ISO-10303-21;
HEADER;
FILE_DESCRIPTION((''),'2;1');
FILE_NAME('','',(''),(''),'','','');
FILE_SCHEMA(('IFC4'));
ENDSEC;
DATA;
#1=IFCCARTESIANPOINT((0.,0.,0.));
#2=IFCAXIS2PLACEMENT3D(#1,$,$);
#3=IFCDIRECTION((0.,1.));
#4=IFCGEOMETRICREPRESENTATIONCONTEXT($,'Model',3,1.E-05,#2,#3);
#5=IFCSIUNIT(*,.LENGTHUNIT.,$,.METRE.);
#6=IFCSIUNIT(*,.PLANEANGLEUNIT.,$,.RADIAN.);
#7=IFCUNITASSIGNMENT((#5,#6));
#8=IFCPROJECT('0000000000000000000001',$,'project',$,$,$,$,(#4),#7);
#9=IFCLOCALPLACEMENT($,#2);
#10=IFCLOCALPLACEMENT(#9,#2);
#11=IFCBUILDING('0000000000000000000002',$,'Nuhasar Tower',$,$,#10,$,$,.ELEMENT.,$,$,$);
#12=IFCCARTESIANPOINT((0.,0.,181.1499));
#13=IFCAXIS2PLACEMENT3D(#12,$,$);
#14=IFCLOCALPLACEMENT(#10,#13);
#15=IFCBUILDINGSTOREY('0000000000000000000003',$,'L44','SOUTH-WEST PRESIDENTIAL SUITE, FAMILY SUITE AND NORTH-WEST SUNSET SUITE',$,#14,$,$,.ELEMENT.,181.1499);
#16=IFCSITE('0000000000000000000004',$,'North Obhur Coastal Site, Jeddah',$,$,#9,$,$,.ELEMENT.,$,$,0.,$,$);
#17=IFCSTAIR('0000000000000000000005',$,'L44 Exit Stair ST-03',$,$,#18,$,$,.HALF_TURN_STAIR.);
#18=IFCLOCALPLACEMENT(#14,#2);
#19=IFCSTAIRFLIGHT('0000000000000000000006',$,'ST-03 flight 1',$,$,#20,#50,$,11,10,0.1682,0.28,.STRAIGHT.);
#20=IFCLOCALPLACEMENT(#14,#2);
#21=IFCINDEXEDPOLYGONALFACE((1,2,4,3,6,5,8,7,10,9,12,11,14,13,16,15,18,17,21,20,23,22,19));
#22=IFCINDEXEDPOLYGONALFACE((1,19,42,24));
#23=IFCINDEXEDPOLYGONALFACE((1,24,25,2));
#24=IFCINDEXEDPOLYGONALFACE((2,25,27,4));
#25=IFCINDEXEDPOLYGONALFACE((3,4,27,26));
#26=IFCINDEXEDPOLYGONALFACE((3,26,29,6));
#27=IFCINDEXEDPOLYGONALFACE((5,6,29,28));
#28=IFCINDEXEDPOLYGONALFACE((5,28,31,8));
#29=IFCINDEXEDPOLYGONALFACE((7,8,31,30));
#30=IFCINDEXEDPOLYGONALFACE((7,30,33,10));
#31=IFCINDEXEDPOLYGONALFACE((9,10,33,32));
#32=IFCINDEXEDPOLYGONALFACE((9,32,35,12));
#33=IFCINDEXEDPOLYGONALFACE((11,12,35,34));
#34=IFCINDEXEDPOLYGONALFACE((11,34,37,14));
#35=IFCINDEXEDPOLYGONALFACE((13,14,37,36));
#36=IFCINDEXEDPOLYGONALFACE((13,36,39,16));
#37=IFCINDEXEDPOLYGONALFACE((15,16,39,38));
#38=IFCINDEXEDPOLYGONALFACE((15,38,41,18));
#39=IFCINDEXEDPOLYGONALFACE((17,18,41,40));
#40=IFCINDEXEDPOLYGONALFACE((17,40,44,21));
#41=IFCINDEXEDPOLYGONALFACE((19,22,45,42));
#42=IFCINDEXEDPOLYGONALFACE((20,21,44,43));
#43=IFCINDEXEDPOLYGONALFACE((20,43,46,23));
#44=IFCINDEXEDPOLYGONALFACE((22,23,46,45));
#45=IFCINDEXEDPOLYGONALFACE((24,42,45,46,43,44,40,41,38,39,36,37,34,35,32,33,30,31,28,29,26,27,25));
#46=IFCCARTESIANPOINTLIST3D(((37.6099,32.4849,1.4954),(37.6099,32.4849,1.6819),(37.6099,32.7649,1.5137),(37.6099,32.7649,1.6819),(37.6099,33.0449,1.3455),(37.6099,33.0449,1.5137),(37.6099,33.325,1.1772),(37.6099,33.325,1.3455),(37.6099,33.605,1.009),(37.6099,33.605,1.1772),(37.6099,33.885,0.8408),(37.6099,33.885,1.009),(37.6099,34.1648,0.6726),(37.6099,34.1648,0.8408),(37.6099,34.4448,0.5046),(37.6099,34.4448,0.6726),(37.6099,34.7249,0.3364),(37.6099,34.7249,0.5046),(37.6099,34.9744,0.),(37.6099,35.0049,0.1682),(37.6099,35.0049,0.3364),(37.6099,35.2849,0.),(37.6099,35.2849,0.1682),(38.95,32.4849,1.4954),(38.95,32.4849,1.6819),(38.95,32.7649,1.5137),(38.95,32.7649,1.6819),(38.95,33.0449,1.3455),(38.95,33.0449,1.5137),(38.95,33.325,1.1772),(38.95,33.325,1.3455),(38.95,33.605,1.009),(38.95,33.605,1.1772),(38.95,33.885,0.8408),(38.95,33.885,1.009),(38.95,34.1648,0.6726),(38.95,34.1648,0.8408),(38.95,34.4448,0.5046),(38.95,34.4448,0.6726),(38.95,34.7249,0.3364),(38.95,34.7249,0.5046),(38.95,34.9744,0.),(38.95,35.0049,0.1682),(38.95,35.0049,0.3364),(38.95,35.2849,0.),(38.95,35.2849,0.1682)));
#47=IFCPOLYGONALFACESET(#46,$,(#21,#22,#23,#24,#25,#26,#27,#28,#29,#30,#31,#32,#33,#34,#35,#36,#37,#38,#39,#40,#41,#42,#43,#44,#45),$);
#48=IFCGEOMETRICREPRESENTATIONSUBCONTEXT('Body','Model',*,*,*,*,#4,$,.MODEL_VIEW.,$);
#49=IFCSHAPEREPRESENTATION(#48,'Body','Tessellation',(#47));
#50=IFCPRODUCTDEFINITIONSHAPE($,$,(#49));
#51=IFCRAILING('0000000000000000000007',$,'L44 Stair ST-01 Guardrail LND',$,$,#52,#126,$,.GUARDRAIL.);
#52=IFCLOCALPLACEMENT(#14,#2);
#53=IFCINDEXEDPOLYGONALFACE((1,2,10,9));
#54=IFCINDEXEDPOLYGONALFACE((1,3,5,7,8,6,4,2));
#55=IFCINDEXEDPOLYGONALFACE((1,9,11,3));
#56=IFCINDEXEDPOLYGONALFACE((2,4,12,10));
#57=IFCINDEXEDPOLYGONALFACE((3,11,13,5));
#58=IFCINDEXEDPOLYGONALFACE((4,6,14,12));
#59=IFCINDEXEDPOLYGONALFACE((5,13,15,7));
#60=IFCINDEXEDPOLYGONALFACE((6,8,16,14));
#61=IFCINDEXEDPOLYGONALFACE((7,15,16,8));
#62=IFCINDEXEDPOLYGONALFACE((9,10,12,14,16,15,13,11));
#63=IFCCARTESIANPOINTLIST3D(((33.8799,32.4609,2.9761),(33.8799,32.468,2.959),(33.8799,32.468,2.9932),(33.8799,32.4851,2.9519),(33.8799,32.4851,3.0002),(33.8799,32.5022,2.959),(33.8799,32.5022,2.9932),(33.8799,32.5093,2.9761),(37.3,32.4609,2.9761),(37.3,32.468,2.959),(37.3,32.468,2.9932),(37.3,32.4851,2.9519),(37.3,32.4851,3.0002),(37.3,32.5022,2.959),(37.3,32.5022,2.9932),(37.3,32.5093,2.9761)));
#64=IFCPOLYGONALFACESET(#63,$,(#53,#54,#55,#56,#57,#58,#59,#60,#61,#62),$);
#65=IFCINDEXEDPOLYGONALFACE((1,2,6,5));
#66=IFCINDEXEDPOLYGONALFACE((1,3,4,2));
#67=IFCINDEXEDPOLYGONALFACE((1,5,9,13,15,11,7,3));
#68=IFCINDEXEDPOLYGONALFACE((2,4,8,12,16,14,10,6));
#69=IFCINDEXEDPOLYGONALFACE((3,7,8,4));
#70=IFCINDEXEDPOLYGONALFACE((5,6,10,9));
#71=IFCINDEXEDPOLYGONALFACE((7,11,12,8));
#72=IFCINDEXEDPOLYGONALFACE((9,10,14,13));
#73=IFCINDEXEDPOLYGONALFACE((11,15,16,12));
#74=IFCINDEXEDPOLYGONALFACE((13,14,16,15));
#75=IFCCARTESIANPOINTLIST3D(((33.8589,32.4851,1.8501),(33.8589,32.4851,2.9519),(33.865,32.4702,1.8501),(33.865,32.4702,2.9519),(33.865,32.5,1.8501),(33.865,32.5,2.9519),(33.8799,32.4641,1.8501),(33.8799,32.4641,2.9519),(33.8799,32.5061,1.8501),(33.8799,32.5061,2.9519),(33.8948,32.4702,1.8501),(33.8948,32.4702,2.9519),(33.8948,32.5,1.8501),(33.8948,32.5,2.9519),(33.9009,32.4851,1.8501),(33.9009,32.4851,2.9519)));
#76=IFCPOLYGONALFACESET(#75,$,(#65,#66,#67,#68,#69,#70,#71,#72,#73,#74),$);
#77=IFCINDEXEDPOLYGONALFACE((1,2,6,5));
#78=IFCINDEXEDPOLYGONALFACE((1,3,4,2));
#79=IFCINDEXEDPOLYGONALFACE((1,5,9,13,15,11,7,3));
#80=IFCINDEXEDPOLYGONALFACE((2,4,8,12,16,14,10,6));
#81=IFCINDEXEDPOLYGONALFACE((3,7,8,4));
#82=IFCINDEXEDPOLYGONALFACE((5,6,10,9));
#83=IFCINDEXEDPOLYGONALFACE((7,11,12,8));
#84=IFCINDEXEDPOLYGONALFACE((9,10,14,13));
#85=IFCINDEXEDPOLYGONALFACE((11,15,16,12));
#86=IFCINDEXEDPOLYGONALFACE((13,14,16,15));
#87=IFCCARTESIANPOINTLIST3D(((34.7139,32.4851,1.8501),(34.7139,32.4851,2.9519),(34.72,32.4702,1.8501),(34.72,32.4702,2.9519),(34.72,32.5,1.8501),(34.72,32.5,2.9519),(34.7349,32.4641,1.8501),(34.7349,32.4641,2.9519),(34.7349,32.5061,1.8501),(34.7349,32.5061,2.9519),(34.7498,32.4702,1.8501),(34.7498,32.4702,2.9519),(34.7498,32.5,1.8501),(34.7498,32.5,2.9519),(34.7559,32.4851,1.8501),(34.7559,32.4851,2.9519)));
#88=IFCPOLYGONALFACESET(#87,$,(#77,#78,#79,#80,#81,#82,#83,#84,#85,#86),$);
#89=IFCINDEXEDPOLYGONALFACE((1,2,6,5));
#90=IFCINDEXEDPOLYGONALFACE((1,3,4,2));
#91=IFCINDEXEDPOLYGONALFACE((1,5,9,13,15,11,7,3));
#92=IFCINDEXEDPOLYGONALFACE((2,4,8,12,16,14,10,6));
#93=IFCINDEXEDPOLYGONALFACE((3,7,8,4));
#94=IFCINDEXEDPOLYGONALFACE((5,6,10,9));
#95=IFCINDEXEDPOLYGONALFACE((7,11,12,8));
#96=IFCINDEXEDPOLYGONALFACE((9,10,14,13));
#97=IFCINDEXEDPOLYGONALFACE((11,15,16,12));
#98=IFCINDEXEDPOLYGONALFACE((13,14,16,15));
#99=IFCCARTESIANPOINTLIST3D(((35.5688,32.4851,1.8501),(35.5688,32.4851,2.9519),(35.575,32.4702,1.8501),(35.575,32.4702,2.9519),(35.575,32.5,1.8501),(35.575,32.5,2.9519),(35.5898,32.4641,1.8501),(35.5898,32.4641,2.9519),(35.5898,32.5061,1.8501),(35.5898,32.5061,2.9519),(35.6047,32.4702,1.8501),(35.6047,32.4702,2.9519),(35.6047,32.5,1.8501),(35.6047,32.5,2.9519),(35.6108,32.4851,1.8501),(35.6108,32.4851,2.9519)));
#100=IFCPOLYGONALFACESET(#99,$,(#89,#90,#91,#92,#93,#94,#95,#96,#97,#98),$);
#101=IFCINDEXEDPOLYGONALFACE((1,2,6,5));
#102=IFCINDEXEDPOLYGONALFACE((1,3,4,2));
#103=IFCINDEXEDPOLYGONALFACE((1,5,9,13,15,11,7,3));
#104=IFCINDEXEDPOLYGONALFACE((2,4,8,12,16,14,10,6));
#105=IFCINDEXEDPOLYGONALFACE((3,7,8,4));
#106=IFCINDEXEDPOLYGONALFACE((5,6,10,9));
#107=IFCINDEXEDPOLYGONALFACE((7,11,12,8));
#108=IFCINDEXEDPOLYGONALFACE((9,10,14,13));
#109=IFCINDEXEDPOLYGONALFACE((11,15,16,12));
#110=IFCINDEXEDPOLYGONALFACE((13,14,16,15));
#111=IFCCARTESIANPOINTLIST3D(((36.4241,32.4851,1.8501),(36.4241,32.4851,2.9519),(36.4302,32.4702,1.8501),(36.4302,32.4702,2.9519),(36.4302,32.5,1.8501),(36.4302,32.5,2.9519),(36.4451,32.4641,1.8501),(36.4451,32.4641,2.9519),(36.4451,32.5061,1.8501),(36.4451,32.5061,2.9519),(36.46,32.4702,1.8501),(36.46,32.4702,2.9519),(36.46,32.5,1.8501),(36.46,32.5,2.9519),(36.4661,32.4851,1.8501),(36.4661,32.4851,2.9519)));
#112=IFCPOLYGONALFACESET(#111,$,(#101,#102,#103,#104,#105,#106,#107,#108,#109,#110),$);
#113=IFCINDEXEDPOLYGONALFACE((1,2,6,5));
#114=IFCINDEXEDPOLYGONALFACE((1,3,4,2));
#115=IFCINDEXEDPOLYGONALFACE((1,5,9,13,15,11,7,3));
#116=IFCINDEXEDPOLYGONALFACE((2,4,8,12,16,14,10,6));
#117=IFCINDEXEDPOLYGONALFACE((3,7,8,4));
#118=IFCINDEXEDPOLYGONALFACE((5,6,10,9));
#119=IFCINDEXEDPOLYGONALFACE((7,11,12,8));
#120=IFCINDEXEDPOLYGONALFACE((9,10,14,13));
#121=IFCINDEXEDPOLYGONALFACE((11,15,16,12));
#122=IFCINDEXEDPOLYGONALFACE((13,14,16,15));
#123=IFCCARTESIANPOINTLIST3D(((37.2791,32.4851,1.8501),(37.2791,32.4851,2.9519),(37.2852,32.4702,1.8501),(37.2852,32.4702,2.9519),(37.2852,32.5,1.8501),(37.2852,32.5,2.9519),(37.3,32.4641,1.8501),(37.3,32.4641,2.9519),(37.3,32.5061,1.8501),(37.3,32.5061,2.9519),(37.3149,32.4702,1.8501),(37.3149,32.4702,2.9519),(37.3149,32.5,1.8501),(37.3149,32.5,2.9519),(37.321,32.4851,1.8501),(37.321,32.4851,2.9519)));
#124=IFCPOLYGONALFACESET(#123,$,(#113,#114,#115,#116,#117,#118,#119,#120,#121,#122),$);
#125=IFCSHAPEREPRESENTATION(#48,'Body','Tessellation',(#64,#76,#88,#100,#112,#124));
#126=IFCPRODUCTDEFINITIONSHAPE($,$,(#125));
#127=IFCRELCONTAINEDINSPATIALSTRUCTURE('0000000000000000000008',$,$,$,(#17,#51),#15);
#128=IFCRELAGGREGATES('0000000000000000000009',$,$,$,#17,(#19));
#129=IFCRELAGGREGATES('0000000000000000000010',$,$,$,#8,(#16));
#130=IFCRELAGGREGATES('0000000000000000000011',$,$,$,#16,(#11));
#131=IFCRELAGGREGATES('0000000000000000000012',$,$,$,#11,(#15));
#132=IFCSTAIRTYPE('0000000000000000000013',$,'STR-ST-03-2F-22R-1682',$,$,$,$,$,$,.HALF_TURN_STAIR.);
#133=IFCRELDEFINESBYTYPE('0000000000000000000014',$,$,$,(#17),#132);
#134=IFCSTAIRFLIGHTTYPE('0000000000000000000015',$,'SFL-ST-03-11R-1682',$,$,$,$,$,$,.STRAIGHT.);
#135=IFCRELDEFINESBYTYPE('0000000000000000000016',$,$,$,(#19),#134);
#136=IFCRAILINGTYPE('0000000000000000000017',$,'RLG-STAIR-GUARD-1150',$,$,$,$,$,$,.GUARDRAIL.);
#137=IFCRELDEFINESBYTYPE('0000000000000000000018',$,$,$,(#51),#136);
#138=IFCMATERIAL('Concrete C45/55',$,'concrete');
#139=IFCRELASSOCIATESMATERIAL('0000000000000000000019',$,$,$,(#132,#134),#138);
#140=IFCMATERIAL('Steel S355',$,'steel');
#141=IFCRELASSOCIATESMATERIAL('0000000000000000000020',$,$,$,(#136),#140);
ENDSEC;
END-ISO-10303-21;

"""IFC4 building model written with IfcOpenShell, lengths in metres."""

from ifc_helpers import new_model, si_unit, direction, frame, origin, place, context, subcontext, project, spatial, polyline, outline, extrude, material, type_object, element, aggregate, save


model = new_model("IFC4")

# Units and contexts
model_context = context("Model", 3, precision=1e-05, world=origin(), true_north=direction((0.0, 1.0)))
body_context = subcontext(model_context, "Body", "Model", "MODEL_VIEW")
ifc_project = project(units=[si_unit("LENGTHUNIT", "METRE"), si_unit("PLANEANGLEUNIT", "RADIAN")], contexts=[model_context])

# Site, building, storey
site_placement = place(None, origin())
site = spatial("IfcSite", under=ifc_project, at=site_placement, Name="North Obhur Coastal Site, Jeddah", CompositionType="ELEMENT", RefElevation=0.0)
building_placement = place(site_placement, origin())
building = spatial("IfcBuilding", under=site, at=building_placement, Name="Nuhasar Tower", CompositionType="ELEMENT")
storey_placement = place(building_placement, frame((0.0, 0.0, 181.1499)))
storey = spatial("IfcBuildingStorey", under=building, at=storey_placement, Name="L44", Description="SOUTH-WEST PRESIDENTIAL SUITE, FAMILY SUITE AND NORTH-WEST SUNSET SUITE", CompositionType="ELEMENT", Elevation=181.1499)

# Shared definitions
ifc_material_1 = material(Name="Steel S355", Category="steel")

# Shared definitions
ifc_material_2 = material(Name="Concrete C45/55", Category="concrete")

# Stair, stair flight
stair_type_1 = type_object("IfcStairType", Name="STR-ST-03-2F-22R-1682", PredefinedType="HALF_TURN_STAIR", material=ifc_material_2)
stair_1_placement = place(storey_placement, origin())
stair_1 = element("IfcStair", 1, at=stair_1_placement, inside=storey, type_object=stair_type_1, Name="L44 Exit Stair ST-03", PredefinedType="HALF_TURN_STAIR")
stair_flight_type_1 = type_object("IfcStairFlightType", Name="SFL-ST-03-11R-1682", PredefinedType="STRAIGHT", material=ifc_material_2)
stair_flight_1_placement = place(storey_placement, frame((38.28, 35.2849, 0.0), z_axis=(0.0, 0.0, 1.0), x_axis=(0.0, -1.0, 0.0)))
stair_flight_1 = element("IfcStairFlight", 2, at=stair_flight_1_placement, type_object=stair_flight_type_1, Name="ST-03 flight 1", NumberOfRisers=11, NumberOfTreads=10, PredefinedType="STRAIGHT", RiserHeight=0.1682, TreadLength=0.28, context=body_context, shape_type="SweptSolid", body=[
    extrude(outline(polyline([(0.0, 0.0), (0.0, 0.1682), (0.28, 0.1682), (0.28, 0.3364), (0.5601, 0.3364), (0.5601, 0.5046), (0.8401, 0.5046), (0.8401, 0.6726), (1.1201, 0.6726), (1.1201, 0.8408), (1.3999, 0.8408), (1.3999, 1.009), (1.6799, 1.009), (1.6799, 1.1772), (1.96, 1.1772), (1.96, 1.3455), (2.24, 1.3455), (2.24, 1.5137), (2.52, 1.5137), (2.52, 1.6819), (2.8, 1.6819), (2.8, 1.8501), (2.8, 1.4954), (0.3105, 0.0), (0.0, 0.0)])), frame((0.0, 0.6699, 0.0), z_axis=(0.0, -1.0, 0.0), x_axis=(1.0, 0.0, 0.0)), (0.0, 0.0, 1.0), 1.3401),
])
aggregate(stair_1, [stair_flight_1])

# Railing
railing_type_1 = type_object("IfcRailingType", Name="RLG-STAIR-GUARD-1150", PredefinedType="GUARDRAIL", material=ifc_material_1)
railing_1_placement = place(storey_placement, frame((33.8799, 32.4851, 1.8501)))
element("IfcRailing", 3, at=railing_1_placement, inside=storey, type_object=railing_type_1, Name="L44 Stair ST-01 Guardrail LND", PredefinedType="GUARDRAIL", context=body_context, shape_type="SweptSolid", body=[
    extrude(outline(polyline([(0.0242, 0.0), (0.0171, 0.0171), (0.0, 0.0242), (-0.0171, 0.0171), (-0.0242, 0.0), (-0.0171, -0.0171), (0.0, -0.0242), (0.0171, -0.0171), (0.0242, 0.0)])), frame((0.0, 0.0, 1.126), z_axis=(1.0, 0.0, 0.0), x_axis=(0.0, 1.0, 0.0)), (0.0, 0.0, 1.0), 3.4202),
    extrude(outline(polyline([(0.021, 0.0), (0.0149, 0.0149), (0.0, 0.021), (-0.0149, 0.0149), (-0.021, 0.0), (-0.0149, -0.0149), (0.0, -0.021), (0.0149, -0.0149), (0.021, 0.0)])), origin(), (0.0, 0.0, 1.0), 1.1018),
    extrude(outline(polyline([(0.021, 0.0), (0.0149, 0.0149), (0.0, 0.021), (-0.0149, 0.0149), (-0.021, 0.0), (-0.0149, -0.0149), (0.0, -0.021), (0.0149, -0.0149), (0.021, 0.0)])), frame((0.855, 0.0, 0.0)), (0.0, 0.0, 1.0), 1.1018),
    extrude(outline(polyline([(0.021, 0.0), (0.0149, 0.0149), (0.0, 0.021), (-0.0149, 0.0149), (-0.021, 0.0), (-0.0149, -0.0149), (0.0, -0.021), (0.0149, -0.0149), (0.021, 0.0)])), frame((1.71, 0.0, 0.0)), (0.0, 0.0, 1.0), 1.1018),
    extrude(outline(polyline([(0.021, 0.0), (0.0149, 0.0149), (0.0, 0.021), (-0.0149, 0.0149), (-0.021, 0.0), (-0.0149, -0.0149), (0.0, -0.021), (0.0149, -0.0149), (0.021, 0.0)])), frame((2.5652, 0.0, 0.0)), (0.0, 0.0, 1.0), 1.1018),
    extrude(outline(polyline([(0.021, 0.0), (0.0149, 0.0149), (0.0, 0.021), (-0.0149, 0.0149), (-0.021, 0.0), (-0.0149, -0.0149), (0.0, -0.021), (0.0149, -0.0149), (0.021, 0.0)])), frame((3.4202, 0.0, 0.0)), (0.0, 0.0, 1.0), 1.1018),
])

save(model, "model.ifc")
